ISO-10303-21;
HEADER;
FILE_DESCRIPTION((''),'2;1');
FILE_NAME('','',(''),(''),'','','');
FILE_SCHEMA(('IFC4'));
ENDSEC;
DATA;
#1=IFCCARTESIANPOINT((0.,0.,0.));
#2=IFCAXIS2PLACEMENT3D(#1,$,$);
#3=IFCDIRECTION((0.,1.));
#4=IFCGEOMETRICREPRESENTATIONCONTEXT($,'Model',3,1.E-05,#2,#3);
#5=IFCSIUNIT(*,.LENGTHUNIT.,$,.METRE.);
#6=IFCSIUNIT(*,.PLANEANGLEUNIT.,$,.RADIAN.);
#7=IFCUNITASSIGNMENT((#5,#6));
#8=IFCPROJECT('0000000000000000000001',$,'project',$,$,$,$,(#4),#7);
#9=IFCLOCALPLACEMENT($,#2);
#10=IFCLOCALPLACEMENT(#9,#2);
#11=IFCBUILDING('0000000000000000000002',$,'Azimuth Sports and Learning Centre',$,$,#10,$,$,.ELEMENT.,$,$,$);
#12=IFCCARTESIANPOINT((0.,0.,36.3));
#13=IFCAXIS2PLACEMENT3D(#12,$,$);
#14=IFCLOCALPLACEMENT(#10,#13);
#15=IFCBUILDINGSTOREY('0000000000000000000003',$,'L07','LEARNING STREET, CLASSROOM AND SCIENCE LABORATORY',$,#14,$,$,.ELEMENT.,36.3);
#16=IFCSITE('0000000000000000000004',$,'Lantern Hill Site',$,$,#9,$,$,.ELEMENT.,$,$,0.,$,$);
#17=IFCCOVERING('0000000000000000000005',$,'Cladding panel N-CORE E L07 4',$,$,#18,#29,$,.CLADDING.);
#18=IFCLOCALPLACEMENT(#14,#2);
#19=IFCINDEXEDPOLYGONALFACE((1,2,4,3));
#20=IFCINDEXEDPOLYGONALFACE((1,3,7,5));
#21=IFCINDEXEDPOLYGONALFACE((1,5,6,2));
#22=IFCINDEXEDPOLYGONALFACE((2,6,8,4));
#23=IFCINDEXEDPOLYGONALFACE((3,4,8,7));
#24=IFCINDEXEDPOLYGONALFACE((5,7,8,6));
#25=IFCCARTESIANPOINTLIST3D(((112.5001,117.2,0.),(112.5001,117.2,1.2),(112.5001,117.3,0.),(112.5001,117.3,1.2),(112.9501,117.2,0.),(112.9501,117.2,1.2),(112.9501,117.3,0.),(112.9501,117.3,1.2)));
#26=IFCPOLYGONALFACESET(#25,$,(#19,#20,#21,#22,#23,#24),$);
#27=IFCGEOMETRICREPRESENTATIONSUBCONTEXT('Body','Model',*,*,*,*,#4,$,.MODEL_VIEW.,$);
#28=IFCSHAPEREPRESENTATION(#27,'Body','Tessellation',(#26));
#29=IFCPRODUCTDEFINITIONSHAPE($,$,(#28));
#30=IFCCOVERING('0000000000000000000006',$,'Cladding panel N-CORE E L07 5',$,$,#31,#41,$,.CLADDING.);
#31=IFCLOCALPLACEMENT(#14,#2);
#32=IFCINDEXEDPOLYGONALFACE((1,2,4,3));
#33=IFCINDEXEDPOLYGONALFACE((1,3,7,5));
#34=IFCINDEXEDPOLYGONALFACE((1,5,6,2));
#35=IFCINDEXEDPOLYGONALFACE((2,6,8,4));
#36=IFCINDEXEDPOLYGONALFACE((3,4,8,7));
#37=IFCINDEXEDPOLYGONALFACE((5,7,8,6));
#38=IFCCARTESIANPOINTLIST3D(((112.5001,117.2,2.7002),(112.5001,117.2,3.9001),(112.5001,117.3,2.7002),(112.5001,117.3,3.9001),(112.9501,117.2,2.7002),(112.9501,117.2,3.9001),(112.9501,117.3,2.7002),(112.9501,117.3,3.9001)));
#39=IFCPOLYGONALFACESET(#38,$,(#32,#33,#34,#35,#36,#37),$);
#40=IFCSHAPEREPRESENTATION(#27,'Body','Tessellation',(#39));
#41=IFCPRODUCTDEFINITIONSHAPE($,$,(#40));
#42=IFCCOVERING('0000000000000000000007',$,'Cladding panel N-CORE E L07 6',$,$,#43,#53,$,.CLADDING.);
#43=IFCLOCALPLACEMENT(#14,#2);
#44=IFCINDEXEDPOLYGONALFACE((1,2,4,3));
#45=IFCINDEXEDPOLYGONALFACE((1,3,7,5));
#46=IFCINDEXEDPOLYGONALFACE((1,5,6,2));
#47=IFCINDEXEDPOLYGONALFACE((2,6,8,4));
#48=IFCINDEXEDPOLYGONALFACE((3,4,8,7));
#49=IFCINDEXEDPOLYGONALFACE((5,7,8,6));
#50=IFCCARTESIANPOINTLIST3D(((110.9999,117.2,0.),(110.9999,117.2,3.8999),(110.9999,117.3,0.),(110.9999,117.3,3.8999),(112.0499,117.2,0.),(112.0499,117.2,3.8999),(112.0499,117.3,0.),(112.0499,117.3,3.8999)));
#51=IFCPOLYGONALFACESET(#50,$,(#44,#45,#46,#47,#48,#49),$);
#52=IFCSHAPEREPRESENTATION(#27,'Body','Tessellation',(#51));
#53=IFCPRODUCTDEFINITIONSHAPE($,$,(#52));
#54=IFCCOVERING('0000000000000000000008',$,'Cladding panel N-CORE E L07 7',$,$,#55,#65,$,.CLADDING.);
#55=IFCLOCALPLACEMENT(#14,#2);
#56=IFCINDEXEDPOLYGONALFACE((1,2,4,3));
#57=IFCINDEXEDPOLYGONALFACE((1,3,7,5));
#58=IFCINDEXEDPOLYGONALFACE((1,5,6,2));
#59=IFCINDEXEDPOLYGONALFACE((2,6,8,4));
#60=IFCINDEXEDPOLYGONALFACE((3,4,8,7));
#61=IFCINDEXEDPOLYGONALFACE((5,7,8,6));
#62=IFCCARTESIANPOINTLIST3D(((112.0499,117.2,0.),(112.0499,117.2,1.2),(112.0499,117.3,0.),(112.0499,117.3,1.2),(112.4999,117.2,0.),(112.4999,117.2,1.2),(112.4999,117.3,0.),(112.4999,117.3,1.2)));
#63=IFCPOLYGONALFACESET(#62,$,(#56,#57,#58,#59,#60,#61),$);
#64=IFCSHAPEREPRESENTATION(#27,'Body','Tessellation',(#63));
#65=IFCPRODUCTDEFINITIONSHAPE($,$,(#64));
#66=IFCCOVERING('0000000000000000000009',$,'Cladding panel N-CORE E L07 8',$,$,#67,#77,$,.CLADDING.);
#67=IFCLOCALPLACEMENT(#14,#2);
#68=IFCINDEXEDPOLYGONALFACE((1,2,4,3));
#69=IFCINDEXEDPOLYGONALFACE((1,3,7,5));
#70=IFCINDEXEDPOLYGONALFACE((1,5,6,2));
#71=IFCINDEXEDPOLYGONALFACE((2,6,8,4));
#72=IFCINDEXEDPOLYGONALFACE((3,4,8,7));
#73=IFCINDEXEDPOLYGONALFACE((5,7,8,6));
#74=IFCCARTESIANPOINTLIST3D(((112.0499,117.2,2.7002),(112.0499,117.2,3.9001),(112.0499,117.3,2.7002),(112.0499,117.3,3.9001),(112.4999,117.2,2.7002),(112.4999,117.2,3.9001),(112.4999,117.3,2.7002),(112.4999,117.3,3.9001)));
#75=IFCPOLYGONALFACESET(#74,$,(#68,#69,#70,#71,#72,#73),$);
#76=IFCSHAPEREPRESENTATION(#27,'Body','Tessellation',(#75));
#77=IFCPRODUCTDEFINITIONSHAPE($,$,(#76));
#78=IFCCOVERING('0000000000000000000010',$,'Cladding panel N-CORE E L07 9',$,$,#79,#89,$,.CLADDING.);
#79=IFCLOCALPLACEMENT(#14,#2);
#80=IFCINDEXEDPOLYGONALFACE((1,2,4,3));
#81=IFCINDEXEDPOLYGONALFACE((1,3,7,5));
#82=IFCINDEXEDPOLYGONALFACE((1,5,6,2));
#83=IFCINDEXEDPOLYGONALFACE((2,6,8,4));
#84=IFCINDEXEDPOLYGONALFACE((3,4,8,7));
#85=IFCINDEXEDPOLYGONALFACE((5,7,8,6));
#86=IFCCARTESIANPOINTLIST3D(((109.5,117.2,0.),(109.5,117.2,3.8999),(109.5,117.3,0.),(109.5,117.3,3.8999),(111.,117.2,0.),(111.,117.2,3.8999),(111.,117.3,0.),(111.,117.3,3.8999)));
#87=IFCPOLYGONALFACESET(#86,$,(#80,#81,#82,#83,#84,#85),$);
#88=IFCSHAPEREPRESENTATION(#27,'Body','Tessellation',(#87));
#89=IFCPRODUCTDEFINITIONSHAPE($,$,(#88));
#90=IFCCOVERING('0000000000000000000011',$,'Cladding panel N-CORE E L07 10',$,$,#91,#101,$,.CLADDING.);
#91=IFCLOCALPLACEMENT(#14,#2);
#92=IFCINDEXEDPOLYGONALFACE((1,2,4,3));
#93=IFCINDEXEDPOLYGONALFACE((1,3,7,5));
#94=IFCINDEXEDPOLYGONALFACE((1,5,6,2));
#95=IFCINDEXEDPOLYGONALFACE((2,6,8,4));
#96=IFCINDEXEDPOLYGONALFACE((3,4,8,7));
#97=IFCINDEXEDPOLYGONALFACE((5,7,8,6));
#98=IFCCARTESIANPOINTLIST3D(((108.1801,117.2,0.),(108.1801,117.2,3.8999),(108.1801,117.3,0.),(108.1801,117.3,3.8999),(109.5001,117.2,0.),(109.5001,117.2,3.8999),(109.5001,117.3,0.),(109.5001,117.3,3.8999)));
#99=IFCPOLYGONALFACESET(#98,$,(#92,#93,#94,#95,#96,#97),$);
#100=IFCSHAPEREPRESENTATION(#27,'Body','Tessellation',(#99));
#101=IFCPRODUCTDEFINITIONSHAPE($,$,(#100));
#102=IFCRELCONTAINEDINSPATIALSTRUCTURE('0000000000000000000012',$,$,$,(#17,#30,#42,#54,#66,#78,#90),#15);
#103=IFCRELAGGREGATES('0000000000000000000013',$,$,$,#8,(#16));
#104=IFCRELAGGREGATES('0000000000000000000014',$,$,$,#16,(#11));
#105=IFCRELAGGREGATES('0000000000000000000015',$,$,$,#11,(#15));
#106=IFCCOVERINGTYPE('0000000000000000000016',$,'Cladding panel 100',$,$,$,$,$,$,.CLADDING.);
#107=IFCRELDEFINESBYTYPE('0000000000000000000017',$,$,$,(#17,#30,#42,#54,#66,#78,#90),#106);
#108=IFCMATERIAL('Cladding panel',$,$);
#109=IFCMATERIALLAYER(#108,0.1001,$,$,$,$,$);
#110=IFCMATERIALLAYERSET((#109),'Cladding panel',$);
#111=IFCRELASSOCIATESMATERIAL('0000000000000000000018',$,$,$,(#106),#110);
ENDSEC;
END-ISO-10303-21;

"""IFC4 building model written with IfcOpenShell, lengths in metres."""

from ifc_helpers import new_model, si_unit, direction, frame, origin, origin_2d, place, context, subcontext, project, spatial, rectangle, extrude, material, layer, layer_set, type_object, element, save


model = new_model("IFC4")

# Units and contexts
model_context = context("Model", 3, precision=1e-05, world=origin(), true_north=direction((0.0, 1.0)))
body_context = subcontext(model_context, "Body", "Model", "MODEL_VIEW")
ifc_project = project(units=[si_unit("LENGTHUNIT", "METRE"), si_unit("PLANEANGLEUNIT", "RADIAN")], contexts=[model_context])

# Site, building, storey
site_placement = place(None, origin())
site = spatial("IfcSite", under=ifc_project, at=site_placement, Name="Lantern Hill Site", CompositionType="ELEMENT", RefElevation=0.0)
building_placement = place(site_placement, origin())
building = spatial("IfcBuilding", under=site, at=building_placement, Name="Azimuth Sports and Learning Centre", CompositionType="ELEMENT")
storey_placement = place(building_placement, frame((0.0, 0.0, 36.3)))
storey = spatial("IfcBuildingStorey", under=building, at=storey_placement, Name="L07", Description="LEARNING STREET, CLASSROOM AND SCIENCE LABORATORY", CompositionType="ELEMENT", Elevation=36.3)

# Coverings
ifc_material_1 = material(Name="Cladding panel")
ifc_layer_1 = layer(ifc_material_1, 0.1001)
ifc_layer_set_1 = layer_set([ifc_layer_1], Name="Cladding panel")
covering_type = type_object("IfcCoveringType", Name="Cladding panel 100", PredefinedType="CLADDING", material=ifc_layer_set_1)
for number, where, z_axis, x_axis, name in (
    (1, (112.7251, 117.25, 0.0), (0.0, 0.0, 1.0), (-1.0, 0.0, 0.0), "Cladding panel N-CORE E L07 4"),
    (2, (112.7251, 117.25, 2.7002), (0.0, 0.0, 1.0), (-1.0, 0.0, 0.0), "Cladding panel N-CORE E L07 5"),
):
    element("IfcCovering", number, at=place(storey_placement, frame(where, z_axis=z_axis, x_axis=x_axis)), inside=storey, type_object=covering_type, Name=name, PredefinedType="CLADDING", context=body_context, shape_type="SweptSolid", body=[
        extrude(rectangle(XDim=0.45, YDim=0.1001, at=origin_2d()), origin(), (0.0, 0.0, 1.0), 1.2),
    ])
covering_1_placement = place(storey_placement, frame((111.5249, 117.25, 0.0), z_axis=(0.0, 0.0, 1.0), x_axis=(-1.0, 0.0, 0.0)))
element("IfcCovering", 3, at=covering_1_placement, inside=storey, type_object=covering_type, Name="Cladding panel N-CORE E L07 6", PredefinedType="CLADDING", context=body_context, shape_type="SweptSolid", body=[
    extrude(rectangle(XDim=1.05, YDim=0.1001, at=origin_2d()), origin(), (0.0, 0.0, 1.0), 3.8999),
])
for number, where, z_axis, x_axis, name in (
    (4, (112.2749, 117.25, 0.0), (0.0, 0.0, 1.0), (-1.0, 0.0, 0.0), "Cladding panel N-CORE E L07 7"),
    (5, (112.2749, 117.25, 2.7002), (0.0, 0.0, 1.0), (-1.0, 0.0, 0.0), "Cladding panel N-CORE E L07 8"),
):
    element("IfcCovering", number, at=place(storey_placement, frame(where, z_axis=z_axis, x_axis=x_axis)), inside=storey, type_object=covering_type, Name=name, PredefinedType="CLADDING", context=body_context, shape_type="SweptSolid", body=[
        extrude(rectangle(XDim=0.45, YDim=0.1001, at=origin_2d()), origin(), (0.0, 0.0, 1.0), 1.2),
    ])
covering_2_placement = place(storey_placement, frame((110.25, 117.25, 0.0), z_axis=(0.0, 0.0, 1.0), x_axis=(-1.0, 0.0, 0.0)))
element("IfcCovering", 6, at=covering_2_placement, inside=storey, type_object=covering_type, Name="Cladding panel N-CORE E L07 9", PredefinedType="CLADDING", context=body_context, shape_type="SweptSolid", body=[
    extrude(rectangle(XDim=1.5, YDim=0.1001, at=origin_2d()), origin(), (0.0, 0.0, 1.0), 3.8999),
])
covering_3_placement = place(storey_placement, frame((108.8401, 117.25, 0.0), z_axis=(0.0, 0.0, 1.0), x_axis=(-1.0, 0.0, 0.0)))
element("IfcCovering", 7, at=covering_3_placement, inside=storey, type_object=covering_type, Name="Cladding panel N-CORE E L07 10", PredefinedType="CLADDING", context=body_context, shape_type="SweptSolid", body=[
    extrude(rectangle(XDim=1.3201, YDim=0.1001, at=origin_2d()), origin(), (0.0, 0.0, 1.0), 3.8999),
])

save(model, "model.ifc")
